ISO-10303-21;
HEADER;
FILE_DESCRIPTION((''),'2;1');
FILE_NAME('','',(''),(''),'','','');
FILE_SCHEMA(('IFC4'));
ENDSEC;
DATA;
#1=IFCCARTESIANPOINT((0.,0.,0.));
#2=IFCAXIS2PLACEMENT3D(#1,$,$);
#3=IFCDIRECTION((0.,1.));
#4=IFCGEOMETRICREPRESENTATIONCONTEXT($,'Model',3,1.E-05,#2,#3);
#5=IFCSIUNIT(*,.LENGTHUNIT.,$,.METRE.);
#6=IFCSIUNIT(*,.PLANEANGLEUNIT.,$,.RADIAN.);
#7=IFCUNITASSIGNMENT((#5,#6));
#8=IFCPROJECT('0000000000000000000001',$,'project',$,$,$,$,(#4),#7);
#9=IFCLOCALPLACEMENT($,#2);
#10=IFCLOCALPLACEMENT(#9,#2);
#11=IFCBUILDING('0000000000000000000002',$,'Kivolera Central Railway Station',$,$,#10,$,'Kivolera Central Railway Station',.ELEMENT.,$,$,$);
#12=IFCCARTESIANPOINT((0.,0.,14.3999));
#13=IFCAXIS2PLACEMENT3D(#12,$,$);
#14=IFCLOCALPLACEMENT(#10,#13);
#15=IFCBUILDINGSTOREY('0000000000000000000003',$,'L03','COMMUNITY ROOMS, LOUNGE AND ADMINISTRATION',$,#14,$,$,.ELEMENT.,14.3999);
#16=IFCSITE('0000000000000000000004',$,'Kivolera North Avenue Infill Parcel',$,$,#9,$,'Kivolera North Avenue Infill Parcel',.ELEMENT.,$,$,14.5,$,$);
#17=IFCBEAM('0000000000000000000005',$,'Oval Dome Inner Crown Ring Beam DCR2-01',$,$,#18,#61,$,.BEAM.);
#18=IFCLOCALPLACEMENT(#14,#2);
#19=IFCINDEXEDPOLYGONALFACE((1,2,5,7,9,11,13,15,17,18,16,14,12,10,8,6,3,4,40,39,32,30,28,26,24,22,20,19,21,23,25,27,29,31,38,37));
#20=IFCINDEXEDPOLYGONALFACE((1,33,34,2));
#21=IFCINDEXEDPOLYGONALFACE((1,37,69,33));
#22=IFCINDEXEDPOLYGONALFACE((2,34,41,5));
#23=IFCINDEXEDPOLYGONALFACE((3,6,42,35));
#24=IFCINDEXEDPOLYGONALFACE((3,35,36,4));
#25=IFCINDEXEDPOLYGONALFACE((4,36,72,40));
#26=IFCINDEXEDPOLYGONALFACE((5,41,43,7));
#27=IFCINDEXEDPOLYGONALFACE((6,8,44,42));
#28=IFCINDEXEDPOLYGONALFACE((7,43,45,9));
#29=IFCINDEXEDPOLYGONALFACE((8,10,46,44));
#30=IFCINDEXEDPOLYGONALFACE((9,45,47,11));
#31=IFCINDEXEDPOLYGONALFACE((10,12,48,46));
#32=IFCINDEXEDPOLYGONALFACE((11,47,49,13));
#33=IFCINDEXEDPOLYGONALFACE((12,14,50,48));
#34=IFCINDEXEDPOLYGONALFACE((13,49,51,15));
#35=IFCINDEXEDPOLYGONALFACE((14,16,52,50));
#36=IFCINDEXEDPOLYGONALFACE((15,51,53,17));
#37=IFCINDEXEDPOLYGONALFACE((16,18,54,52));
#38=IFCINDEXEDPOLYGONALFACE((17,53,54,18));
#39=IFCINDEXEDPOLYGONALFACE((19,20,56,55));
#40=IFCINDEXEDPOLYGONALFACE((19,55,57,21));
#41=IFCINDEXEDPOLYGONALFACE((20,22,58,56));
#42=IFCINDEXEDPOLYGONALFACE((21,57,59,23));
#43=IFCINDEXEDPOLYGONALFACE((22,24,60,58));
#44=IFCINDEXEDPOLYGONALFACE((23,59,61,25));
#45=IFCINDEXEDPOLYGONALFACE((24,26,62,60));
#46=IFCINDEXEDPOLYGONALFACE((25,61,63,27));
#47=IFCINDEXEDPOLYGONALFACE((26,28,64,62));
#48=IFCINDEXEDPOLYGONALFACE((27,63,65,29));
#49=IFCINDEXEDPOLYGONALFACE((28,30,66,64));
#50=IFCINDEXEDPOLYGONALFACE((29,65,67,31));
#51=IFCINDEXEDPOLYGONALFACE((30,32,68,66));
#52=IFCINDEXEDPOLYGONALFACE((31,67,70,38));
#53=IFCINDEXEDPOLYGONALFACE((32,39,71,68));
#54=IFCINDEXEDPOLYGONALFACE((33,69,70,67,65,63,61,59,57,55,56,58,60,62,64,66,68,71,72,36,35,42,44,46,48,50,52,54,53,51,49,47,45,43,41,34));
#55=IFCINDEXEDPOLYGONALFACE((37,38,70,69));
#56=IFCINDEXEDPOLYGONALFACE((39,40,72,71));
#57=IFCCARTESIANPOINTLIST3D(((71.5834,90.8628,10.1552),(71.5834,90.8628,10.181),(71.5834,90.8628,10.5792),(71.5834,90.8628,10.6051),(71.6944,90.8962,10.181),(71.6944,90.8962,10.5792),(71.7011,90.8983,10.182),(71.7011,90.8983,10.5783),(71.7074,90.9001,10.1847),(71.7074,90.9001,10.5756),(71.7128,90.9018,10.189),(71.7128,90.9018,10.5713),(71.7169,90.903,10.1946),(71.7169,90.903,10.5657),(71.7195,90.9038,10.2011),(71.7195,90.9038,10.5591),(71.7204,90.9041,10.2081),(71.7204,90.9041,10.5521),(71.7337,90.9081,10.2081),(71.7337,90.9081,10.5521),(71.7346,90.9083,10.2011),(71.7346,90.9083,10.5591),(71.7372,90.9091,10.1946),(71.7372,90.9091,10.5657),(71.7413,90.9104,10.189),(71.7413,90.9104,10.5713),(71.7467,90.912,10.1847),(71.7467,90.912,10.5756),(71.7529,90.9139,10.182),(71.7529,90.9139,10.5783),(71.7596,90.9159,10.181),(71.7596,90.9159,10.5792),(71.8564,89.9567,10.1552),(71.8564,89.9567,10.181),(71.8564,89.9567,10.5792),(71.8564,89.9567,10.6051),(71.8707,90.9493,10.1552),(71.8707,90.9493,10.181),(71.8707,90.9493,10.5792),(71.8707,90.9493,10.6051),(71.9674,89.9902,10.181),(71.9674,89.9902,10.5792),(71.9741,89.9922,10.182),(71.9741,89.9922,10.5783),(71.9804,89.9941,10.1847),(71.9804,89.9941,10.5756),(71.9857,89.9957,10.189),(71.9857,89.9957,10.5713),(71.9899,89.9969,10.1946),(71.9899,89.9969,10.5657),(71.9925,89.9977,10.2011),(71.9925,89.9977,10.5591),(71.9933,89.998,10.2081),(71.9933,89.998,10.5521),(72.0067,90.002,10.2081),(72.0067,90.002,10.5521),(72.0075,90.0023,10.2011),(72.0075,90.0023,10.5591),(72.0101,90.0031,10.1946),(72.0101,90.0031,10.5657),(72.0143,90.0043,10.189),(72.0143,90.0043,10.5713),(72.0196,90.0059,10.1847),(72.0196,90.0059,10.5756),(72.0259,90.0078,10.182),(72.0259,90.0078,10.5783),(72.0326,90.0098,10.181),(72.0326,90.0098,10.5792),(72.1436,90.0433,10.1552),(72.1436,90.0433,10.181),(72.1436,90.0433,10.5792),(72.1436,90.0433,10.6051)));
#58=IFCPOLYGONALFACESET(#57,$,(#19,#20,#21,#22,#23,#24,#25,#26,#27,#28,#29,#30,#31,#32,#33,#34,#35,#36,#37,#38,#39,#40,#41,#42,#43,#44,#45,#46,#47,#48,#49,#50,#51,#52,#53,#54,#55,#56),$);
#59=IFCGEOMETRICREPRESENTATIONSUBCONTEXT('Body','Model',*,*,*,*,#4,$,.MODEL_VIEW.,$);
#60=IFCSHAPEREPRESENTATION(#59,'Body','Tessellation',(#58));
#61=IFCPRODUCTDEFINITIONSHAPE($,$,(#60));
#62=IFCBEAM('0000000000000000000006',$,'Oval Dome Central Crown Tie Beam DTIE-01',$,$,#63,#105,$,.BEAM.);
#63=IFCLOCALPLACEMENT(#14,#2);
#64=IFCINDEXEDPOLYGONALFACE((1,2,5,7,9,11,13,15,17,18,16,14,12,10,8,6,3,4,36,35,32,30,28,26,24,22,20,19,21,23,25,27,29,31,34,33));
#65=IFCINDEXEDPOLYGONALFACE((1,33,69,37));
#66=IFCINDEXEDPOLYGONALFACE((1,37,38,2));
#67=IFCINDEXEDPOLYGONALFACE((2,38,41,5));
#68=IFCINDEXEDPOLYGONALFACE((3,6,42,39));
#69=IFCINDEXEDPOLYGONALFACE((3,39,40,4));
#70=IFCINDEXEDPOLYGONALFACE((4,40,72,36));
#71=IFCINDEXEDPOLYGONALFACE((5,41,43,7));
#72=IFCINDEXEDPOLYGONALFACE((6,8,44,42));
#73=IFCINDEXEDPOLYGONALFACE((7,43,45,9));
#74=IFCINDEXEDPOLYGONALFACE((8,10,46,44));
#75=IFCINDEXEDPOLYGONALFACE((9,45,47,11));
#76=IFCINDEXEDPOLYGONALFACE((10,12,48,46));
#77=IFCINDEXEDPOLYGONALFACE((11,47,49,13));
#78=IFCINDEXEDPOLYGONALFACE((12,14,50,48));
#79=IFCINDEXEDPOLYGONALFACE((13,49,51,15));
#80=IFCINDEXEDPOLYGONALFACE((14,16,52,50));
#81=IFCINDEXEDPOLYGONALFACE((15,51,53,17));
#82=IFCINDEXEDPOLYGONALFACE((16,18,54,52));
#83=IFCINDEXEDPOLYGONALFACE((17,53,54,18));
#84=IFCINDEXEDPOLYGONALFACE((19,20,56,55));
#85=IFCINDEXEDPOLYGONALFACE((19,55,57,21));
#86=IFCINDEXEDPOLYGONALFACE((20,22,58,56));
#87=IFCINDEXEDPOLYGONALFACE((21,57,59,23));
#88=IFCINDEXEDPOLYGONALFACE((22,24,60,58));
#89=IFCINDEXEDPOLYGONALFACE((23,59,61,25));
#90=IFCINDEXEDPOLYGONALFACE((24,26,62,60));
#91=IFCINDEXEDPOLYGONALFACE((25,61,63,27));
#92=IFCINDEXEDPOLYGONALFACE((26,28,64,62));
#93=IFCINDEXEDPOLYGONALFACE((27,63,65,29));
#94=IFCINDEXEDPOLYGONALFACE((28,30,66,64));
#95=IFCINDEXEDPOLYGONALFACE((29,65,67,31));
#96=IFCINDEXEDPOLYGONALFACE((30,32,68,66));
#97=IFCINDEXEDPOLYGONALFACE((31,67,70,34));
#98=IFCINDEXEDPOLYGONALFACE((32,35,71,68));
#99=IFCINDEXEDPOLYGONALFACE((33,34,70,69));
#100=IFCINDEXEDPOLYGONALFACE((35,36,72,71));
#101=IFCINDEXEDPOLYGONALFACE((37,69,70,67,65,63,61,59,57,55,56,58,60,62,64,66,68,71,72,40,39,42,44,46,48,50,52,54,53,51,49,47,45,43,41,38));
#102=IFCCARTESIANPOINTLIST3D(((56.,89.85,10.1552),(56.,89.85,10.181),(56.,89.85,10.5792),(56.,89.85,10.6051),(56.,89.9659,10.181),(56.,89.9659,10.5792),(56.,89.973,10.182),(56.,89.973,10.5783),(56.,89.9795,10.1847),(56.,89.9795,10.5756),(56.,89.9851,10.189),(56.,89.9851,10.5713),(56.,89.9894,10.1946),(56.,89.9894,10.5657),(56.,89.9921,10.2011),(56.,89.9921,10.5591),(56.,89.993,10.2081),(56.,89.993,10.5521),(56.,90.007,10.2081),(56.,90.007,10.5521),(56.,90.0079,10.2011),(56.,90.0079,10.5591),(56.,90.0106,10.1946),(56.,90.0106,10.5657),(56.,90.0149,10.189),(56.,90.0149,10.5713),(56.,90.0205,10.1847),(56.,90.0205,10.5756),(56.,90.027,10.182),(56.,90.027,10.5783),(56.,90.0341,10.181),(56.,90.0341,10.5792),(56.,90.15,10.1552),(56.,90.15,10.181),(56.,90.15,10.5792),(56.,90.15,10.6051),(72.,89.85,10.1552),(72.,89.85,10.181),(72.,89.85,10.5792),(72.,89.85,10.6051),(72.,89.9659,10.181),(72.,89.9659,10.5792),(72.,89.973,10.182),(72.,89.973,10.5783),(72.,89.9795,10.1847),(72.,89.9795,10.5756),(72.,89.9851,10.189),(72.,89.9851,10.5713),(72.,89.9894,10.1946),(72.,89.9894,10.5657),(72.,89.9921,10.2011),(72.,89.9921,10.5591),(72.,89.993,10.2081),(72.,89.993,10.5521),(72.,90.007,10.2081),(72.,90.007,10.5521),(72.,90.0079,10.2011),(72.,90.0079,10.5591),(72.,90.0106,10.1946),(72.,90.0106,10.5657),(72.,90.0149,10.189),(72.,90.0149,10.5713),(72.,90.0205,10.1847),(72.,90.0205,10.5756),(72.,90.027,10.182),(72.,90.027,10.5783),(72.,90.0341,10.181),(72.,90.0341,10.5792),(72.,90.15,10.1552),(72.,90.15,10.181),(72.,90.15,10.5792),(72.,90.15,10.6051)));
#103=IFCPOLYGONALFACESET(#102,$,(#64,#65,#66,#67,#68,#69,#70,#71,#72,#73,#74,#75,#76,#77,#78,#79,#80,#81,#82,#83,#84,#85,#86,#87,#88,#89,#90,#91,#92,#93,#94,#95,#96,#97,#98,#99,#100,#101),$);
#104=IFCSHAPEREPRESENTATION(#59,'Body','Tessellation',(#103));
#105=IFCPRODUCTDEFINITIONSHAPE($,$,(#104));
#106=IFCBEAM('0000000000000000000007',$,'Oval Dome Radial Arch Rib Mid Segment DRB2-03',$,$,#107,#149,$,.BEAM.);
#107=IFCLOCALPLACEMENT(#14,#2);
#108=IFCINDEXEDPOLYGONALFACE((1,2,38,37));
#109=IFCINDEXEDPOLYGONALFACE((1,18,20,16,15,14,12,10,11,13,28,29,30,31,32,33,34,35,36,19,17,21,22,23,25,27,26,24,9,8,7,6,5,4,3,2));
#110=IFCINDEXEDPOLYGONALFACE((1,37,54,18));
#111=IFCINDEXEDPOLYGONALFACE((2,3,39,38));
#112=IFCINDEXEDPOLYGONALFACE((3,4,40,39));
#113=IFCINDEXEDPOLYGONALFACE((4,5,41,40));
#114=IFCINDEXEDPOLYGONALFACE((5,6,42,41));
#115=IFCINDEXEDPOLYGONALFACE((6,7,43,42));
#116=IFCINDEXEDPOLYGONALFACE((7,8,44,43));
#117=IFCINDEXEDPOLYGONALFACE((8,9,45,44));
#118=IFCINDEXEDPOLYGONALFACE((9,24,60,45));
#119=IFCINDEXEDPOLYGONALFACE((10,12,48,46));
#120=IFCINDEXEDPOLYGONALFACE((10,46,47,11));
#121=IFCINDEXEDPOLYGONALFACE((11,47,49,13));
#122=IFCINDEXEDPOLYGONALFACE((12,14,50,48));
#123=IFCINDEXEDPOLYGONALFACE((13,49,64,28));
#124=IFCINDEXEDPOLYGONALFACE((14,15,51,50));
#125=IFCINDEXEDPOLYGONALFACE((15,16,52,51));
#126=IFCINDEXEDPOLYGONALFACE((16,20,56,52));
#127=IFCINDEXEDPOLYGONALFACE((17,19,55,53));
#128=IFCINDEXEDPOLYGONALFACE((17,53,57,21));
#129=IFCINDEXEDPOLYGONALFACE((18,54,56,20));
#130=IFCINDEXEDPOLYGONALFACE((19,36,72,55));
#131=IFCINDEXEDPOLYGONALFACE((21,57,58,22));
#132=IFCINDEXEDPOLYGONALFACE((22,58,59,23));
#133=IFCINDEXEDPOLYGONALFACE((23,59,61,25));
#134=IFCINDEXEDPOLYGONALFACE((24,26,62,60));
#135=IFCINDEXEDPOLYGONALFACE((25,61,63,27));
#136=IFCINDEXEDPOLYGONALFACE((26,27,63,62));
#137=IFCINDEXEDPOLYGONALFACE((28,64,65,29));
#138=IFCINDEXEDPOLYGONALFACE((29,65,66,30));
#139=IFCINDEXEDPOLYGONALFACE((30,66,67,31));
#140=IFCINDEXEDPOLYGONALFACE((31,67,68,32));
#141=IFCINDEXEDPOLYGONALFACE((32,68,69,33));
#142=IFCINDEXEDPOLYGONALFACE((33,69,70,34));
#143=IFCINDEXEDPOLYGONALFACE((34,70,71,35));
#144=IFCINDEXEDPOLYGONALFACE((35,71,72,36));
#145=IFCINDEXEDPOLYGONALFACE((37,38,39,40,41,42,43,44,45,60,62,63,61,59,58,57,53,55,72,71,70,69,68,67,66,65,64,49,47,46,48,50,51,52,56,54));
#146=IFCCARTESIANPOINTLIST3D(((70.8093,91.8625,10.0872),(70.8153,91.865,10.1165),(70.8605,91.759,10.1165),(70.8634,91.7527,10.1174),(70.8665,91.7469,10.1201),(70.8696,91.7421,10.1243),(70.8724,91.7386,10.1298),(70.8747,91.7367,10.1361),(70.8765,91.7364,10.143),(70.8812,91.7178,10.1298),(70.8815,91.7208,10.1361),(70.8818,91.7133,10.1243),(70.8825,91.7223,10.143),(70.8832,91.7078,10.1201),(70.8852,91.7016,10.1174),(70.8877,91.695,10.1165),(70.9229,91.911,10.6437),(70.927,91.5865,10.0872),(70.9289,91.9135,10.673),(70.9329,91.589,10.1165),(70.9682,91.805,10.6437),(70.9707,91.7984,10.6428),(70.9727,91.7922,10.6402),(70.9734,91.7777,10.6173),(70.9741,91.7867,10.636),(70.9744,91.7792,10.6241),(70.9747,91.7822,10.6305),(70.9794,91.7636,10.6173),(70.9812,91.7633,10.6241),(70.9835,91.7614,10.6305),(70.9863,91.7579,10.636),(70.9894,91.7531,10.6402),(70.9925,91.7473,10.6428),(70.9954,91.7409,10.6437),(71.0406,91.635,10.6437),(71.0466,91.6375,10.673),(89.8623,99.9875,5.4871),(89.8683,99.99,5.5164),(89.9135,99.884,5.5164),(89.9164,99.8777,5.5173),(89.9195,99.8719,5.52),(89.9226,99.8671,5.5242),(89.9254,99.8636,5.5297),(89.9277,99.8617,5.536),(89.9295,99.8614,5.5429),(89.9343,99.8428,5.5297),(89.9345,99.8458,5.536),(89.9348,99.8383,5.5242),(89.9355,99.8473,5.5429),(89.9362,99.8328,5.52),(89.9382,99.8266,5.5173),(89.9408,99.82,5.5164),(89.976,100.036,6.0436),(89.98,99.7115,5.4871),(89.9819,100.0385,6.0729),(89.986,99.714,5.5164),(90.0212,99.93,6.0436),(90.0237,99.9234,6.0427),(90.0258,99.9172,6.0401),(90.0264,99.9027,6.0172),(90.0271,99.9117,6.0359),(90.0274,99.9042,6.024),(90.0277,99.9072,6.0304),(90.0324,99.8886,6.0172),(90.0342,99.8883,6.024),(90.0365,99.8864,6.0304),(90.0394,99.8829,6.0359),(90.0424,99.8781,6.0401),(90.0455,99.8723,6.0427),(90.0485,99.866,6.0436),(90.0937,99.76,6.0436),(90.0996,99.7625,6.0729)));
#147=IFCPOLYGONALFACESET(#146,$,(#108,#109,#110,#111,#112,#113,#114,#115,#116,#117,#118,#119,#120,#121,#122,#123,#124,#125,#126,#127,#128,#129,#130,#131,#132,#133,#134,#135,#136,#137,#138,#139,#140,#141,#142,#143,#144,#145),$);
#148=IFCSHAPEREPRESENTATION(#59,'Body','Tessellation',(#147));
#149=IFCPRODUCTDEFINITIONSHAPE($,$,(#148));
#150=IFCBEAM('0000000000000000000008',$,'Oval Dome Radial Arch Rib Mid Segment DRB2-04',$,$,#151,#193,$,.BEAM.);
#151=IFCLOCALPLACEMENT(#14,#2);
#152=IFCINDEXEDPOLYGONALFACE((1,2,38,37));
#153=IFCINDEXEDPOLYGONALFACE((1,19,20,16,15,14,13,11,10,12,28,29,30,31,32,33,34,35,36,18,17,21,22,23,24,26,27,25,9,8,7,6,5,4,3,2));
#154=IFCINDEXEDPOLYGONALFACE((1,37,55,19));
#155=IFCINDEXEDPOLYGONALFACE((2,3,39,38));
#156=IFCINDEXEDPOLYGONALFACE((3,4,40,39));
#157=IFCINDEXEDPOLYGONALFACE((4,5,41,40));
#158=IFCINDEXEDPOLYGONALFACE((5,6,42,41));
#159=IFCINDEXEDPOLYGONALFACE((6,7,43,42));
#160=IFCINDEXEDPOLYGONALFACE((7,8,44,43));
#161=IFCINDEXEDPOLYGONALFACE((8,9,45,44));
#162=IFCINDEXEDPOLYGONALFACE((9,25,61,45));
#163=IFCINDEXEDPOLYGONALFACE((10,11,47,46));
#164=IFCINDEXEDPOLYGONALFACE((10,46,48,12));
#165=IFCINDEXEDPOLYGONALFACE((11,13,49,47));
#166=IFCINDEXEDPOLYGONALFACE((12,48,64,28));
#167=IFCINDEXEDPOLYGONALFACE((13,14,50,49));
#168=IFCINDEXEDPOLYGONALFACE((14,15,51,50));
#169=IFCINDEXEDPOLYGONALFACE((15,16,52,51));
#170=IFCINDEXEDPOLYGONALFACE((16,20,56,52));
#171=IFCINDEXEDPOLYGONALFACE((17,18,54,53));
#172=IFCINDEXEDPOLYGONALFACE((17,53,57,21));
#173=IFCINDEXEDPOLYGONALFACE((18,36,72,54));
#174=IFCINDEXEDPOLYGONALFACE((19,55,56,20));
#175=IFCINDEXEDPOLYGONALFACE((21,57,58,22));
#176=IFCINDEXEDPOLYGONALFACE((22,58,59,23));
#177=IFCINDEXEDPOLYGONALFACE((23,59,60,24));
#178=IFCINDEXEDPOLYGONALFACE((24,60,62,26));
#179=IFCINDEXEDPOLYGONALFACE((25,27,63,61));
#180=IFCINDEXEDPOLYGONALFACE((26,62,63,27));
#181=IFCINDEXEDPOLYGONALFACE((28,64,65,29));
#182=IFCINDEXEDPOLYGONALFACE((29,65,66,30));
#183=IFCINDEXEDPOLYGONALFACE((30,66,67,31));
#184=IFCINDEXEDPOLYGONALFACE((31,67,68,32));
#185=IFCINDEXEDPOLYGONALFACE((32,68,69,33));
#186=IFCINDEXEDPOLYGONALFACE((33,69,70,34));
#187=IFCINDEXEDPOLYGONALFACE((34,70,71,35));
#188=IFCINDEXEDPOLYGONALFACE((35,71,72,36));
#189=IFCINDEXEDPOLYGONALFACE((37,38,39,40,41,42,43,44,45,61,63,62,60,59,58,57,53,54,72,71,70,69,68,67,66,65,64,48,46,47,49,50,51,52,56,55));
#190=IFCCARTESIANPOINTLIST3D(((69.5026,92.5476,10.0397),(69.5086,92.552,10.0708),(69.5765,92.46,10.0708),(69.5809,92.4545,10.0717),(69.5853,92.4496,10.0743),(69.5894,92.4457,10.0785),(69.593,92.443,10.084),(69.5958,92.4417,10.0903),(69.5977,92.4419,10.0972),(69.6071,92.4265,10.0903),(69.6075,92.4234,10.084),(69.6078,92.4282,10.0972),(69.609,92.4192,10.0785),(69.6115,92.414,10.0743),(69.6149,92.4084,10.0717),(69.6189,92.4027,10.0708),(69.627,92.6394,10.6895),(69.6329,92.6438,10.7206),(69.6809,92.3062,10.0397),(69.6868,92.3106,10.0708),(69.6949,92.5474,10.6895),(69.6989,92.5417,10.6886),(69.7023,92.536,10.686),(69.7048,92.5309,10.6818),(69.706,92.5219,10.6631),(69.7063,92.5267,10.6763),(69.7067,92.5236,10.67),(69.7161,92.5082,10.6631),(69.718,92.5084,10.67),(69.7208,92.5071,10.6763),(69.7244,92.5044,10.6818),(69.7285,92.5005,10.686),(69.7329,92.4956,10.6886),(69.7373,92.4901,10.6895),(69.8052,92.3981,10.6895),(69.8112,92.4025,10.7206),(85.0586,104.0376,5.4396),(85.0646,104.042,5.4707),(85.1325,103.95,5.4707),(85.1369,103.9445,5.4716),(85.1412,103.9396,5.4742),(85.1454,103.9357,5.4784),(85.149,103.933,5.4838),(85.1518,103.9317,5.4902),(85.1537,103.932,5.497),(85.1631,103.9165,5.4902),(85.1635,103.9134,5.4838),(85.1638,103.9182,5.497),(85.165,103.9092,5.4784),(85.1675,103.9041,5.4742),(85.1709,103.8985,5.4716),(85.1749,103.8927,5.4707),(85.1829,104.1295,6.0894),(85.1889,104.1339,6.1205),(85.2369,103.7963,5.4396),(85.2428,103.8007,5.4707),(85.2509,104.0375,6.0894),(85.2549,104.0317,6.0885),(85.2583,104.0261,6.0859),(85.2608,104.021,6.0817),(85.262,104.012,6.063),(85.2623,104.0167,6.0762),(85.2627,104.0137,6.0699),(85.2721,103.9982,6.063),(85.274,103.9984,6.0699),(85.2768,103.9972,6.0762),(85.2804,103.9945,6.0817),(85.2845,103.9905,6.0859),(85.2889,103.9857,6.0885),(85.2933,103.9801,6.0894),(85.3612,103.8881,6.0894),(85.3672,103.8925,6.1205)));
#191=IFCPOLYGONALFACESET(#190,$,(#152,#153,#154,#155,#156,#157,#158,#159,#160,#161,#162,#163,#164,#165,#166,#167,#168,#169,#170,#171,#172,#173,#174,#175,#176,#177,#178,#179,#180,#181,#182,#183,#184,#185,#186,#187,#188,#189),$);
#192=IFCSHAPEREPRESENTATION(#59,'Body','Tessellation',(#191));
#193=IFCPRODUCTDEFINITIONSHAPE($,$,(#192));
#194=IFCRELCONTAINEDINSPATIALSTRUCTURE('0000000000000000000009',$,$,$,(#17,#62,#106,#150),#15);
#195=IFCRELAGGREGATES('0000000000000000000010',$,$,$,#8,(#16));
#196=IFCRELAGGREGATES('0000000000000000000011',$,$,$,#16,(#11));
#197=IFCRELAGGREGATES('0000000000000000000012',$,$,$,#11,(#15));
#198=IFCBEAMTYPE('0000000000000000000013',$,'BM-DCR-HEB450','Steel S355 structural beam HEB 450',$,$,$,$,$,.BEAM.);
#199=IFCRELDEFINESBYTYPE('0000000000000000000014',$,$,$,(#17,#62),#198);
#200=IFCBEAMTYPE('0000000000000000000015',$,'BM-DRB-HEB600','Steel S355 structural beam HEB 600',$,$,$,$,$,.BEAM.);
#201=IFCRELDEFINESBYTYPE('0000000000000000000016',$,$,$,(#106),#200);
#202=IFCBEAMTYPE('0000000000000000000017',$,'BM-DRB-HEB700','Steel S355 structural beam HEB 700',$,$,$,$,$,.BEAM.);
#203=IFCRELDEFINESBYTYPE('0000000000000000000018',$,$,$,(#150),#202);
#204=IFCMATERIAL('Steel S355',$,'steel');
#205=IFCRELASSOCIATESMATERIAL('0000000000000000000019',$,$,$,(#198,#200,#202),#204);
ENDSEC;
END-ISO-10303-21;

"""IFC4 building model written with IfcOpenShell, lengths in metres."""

from ifc_helpers import new_model, si_unit, direction, frame, origin, origin_2d, place, context, subcontext, project, spatial, i_section, extrude, material, material_profile, profile_set, type_object, element, save


model = new_model("IFC4")

# Units and contexts
model_context = context("Model", 3, precision=1e-05, world=origin(), true_north=direction((0.0, 1.0)))
body_context = subcontext(model_context, "Body", "Model", "MODEL_VIEW")
ifc_project = project(units=[si_unit("LENGTHUNIT", "METRE"), si_unit("PLANEANGLEUNIT", "RADIAN")], contexts=[model_context])

# Site, building, storey
site_placement = place(None, origin())
site = spatial("IfcSite", under=ifc_project, at=site_placement, Name="Kivolera North Avenue Infill Parcel", LongName="Kivolera North Avenue Infill Parcel", CompositionType="ELEMENT", RefElevation=14.5)
building_placement = place(site_placement, origin())
building = spatial("IfcBuilding", under=site, at=building_placement, Name="Kivolera Central Railway Station", LongName="Kivolera Central Railway Station", CompositionType="ELEMENT")
storey_placement = place(building_placement, frame((0.0, 0.0, 14.3999)))
storey = spatial("IfcBuildingStorey", under=building, at=storey_placement, Name="L03", Description="COMMUNITY ROOMS, LOUNGE AND ADMINISTRATION", CompositionType="ELEMENT", Elevation=14.3999)

# Beams
ifc_material_1 = material(Name="Steel S355", Category="steel")
ifc_material_profile_1 = material_profile(ifc_material_1, i_section(OverallWidth=0.3, OverallDepth=0.45, WebThickness=0.0139, FlangeThickness=0.0259, FilletRadius=0.0271, at=origin_2d()), Name="HEB 450")
ifc_profile_set_1 = profile_set([ifc_material_profile_1], Name="Steel S355")
beam_type_1 = type_object("IfcBeamType", Name="BM-DCR-HEB450", Description="Steel S355 structural beam HEB 450", PredefinedType="BEAM", material=ifc_profile_set_1)
beam_1_placement = place(storey_placement, frame((72.0, 90.0, 10.3801), z_axis=(-0.28846, 0.957492, 0.0), x_axis=(-0.957492, -0.28846, 0.0)))
element("IfcBeam", 1, at=beam_1_placement, inside=storey, type_object=beam_type_1, Name="Oval Dome Inner Crown Ring Beam DCR2-01", PredefinedType="BEAM", context=body_context, shape_type="SweptSolid", body=[
    extrude(i_section(OverallWidth=0.3, OverallDepth=0.45, WebThickness=0.0139, FlangeThickness=0.0259, FilletRadius=0.0271, at=origin_2d()), origin(), (0.0, 0.0, 1.0), 0.9463),
])
beam_2_placement = place(storey_placement, frame((72.0, 90.0, 10.3801), z_axis=(-1.0, 0.0, 0.0), x_axis=(0.0, -1.0, 0.0)))
element("IfcBeam", 2, at=beam_2_placement, inside=storey, type_object=beam_type_1, Name="Oval Dome Central Crown Tie Beam DTIE-01", PredefinedType="BEAM", context=body_context, shape_type="SweptSolid", body=[
    extrude(i_section(OverallWidth=0.3, OverallDepth=0.45, WebThickness=0.0139, FlangeThickness=0.0259, FilletRadius=0.0271, at=origin_2d()), origin(), (0.0, 0.0, 1.0), 16.0),
])
ifc_material_profile_2 = material_profile(ifc_material_1, i_section(OverallWidth=0.3, OverallDepth=0.6001, WebThickness=0.0154, FlangeThickness=0.03, FilletRadius=0.0271, at=origin_2d()), Name="HEB 600")
ifc_profile_set_2 = profile_set([ifc_material_profile_2], Name="Steel S355")
beam_type_2 = type_object("IfcBeamType", Name="BM-DRB-HEB600", Description="Steel S355 structural beam HEB 600", PredefinedType="BEAM", material=ifc_profile_set_2)
beam_3_placement = place(storey_placement, frame((89.981, 99.875, 5.78), z_axis=(-0.897974, -0.382934, 0.216804), x_axis=(0.392264, -0.919853, 0.0)))
element("IfcBeam", 3, at=beam_3_placement, inside=storey, type_object=beam_type_2, Name="Oval Dome Radial Arch Rib Mid Segment DRB2-03", PredefinedType="BEAM", context=body_context, shape_type="SweptSolid", body=[
    extrude(i_section(OverallWidth=0.3, OverallDepth=0.6001, WebThickness=0.0154, FlangeThickness=0.03, FilletRadius=0.0271, at=origin_2d()), origin(), (0.0, 0.0, 1.0), 21.2178),
])
ifc_material_profile_3 = material_profile(ifc_material_1, i_section(OverallWidth=0.3, OverallDepth=0.7, WebThickness=0.0171, FlangeThickness=0.032, FilletRadius=0.0271, at=origin_2d()), Name="HEB 700")
ifc_profile_set_3 = profile_set([ifc_material_profile_3], Name="Steel S355")
beam_type_3 = type_object("IfcBeamType", Name="BM-DRB-HEB700", Description="Steel S355 structural beam HEB 700", PredefinedType="BEAM", material=ifc_profile_set_3)
beam_4_placement = place(storey_placement, frame((85.2129, 103.9651, 5.78), z_axis=(-0.782537, -0.578002, 0.231407), x_axis=(0.594128, -0.80437, 0.0)))
element("IfcBeam", 4, at=beam_4_placement, inside=storey, type_object=beam_type_3, Name="Oval Dome Radial Arch Rib Mid Segment DRB2-04", PredefinedType="BEAM", context=body_context, shape_type="SweptSolid", body=[
    extrude(i_section(OverallWidth=0.3, OverallDepth=0.7, WebThickness=0.0171, FlangeThickness=0.032, FilletRadius=0.0271, at=origin_2d()), origin(), (0.0, 0.0, 1.0), 19.8789),
])

save(model, "model.ifc")
